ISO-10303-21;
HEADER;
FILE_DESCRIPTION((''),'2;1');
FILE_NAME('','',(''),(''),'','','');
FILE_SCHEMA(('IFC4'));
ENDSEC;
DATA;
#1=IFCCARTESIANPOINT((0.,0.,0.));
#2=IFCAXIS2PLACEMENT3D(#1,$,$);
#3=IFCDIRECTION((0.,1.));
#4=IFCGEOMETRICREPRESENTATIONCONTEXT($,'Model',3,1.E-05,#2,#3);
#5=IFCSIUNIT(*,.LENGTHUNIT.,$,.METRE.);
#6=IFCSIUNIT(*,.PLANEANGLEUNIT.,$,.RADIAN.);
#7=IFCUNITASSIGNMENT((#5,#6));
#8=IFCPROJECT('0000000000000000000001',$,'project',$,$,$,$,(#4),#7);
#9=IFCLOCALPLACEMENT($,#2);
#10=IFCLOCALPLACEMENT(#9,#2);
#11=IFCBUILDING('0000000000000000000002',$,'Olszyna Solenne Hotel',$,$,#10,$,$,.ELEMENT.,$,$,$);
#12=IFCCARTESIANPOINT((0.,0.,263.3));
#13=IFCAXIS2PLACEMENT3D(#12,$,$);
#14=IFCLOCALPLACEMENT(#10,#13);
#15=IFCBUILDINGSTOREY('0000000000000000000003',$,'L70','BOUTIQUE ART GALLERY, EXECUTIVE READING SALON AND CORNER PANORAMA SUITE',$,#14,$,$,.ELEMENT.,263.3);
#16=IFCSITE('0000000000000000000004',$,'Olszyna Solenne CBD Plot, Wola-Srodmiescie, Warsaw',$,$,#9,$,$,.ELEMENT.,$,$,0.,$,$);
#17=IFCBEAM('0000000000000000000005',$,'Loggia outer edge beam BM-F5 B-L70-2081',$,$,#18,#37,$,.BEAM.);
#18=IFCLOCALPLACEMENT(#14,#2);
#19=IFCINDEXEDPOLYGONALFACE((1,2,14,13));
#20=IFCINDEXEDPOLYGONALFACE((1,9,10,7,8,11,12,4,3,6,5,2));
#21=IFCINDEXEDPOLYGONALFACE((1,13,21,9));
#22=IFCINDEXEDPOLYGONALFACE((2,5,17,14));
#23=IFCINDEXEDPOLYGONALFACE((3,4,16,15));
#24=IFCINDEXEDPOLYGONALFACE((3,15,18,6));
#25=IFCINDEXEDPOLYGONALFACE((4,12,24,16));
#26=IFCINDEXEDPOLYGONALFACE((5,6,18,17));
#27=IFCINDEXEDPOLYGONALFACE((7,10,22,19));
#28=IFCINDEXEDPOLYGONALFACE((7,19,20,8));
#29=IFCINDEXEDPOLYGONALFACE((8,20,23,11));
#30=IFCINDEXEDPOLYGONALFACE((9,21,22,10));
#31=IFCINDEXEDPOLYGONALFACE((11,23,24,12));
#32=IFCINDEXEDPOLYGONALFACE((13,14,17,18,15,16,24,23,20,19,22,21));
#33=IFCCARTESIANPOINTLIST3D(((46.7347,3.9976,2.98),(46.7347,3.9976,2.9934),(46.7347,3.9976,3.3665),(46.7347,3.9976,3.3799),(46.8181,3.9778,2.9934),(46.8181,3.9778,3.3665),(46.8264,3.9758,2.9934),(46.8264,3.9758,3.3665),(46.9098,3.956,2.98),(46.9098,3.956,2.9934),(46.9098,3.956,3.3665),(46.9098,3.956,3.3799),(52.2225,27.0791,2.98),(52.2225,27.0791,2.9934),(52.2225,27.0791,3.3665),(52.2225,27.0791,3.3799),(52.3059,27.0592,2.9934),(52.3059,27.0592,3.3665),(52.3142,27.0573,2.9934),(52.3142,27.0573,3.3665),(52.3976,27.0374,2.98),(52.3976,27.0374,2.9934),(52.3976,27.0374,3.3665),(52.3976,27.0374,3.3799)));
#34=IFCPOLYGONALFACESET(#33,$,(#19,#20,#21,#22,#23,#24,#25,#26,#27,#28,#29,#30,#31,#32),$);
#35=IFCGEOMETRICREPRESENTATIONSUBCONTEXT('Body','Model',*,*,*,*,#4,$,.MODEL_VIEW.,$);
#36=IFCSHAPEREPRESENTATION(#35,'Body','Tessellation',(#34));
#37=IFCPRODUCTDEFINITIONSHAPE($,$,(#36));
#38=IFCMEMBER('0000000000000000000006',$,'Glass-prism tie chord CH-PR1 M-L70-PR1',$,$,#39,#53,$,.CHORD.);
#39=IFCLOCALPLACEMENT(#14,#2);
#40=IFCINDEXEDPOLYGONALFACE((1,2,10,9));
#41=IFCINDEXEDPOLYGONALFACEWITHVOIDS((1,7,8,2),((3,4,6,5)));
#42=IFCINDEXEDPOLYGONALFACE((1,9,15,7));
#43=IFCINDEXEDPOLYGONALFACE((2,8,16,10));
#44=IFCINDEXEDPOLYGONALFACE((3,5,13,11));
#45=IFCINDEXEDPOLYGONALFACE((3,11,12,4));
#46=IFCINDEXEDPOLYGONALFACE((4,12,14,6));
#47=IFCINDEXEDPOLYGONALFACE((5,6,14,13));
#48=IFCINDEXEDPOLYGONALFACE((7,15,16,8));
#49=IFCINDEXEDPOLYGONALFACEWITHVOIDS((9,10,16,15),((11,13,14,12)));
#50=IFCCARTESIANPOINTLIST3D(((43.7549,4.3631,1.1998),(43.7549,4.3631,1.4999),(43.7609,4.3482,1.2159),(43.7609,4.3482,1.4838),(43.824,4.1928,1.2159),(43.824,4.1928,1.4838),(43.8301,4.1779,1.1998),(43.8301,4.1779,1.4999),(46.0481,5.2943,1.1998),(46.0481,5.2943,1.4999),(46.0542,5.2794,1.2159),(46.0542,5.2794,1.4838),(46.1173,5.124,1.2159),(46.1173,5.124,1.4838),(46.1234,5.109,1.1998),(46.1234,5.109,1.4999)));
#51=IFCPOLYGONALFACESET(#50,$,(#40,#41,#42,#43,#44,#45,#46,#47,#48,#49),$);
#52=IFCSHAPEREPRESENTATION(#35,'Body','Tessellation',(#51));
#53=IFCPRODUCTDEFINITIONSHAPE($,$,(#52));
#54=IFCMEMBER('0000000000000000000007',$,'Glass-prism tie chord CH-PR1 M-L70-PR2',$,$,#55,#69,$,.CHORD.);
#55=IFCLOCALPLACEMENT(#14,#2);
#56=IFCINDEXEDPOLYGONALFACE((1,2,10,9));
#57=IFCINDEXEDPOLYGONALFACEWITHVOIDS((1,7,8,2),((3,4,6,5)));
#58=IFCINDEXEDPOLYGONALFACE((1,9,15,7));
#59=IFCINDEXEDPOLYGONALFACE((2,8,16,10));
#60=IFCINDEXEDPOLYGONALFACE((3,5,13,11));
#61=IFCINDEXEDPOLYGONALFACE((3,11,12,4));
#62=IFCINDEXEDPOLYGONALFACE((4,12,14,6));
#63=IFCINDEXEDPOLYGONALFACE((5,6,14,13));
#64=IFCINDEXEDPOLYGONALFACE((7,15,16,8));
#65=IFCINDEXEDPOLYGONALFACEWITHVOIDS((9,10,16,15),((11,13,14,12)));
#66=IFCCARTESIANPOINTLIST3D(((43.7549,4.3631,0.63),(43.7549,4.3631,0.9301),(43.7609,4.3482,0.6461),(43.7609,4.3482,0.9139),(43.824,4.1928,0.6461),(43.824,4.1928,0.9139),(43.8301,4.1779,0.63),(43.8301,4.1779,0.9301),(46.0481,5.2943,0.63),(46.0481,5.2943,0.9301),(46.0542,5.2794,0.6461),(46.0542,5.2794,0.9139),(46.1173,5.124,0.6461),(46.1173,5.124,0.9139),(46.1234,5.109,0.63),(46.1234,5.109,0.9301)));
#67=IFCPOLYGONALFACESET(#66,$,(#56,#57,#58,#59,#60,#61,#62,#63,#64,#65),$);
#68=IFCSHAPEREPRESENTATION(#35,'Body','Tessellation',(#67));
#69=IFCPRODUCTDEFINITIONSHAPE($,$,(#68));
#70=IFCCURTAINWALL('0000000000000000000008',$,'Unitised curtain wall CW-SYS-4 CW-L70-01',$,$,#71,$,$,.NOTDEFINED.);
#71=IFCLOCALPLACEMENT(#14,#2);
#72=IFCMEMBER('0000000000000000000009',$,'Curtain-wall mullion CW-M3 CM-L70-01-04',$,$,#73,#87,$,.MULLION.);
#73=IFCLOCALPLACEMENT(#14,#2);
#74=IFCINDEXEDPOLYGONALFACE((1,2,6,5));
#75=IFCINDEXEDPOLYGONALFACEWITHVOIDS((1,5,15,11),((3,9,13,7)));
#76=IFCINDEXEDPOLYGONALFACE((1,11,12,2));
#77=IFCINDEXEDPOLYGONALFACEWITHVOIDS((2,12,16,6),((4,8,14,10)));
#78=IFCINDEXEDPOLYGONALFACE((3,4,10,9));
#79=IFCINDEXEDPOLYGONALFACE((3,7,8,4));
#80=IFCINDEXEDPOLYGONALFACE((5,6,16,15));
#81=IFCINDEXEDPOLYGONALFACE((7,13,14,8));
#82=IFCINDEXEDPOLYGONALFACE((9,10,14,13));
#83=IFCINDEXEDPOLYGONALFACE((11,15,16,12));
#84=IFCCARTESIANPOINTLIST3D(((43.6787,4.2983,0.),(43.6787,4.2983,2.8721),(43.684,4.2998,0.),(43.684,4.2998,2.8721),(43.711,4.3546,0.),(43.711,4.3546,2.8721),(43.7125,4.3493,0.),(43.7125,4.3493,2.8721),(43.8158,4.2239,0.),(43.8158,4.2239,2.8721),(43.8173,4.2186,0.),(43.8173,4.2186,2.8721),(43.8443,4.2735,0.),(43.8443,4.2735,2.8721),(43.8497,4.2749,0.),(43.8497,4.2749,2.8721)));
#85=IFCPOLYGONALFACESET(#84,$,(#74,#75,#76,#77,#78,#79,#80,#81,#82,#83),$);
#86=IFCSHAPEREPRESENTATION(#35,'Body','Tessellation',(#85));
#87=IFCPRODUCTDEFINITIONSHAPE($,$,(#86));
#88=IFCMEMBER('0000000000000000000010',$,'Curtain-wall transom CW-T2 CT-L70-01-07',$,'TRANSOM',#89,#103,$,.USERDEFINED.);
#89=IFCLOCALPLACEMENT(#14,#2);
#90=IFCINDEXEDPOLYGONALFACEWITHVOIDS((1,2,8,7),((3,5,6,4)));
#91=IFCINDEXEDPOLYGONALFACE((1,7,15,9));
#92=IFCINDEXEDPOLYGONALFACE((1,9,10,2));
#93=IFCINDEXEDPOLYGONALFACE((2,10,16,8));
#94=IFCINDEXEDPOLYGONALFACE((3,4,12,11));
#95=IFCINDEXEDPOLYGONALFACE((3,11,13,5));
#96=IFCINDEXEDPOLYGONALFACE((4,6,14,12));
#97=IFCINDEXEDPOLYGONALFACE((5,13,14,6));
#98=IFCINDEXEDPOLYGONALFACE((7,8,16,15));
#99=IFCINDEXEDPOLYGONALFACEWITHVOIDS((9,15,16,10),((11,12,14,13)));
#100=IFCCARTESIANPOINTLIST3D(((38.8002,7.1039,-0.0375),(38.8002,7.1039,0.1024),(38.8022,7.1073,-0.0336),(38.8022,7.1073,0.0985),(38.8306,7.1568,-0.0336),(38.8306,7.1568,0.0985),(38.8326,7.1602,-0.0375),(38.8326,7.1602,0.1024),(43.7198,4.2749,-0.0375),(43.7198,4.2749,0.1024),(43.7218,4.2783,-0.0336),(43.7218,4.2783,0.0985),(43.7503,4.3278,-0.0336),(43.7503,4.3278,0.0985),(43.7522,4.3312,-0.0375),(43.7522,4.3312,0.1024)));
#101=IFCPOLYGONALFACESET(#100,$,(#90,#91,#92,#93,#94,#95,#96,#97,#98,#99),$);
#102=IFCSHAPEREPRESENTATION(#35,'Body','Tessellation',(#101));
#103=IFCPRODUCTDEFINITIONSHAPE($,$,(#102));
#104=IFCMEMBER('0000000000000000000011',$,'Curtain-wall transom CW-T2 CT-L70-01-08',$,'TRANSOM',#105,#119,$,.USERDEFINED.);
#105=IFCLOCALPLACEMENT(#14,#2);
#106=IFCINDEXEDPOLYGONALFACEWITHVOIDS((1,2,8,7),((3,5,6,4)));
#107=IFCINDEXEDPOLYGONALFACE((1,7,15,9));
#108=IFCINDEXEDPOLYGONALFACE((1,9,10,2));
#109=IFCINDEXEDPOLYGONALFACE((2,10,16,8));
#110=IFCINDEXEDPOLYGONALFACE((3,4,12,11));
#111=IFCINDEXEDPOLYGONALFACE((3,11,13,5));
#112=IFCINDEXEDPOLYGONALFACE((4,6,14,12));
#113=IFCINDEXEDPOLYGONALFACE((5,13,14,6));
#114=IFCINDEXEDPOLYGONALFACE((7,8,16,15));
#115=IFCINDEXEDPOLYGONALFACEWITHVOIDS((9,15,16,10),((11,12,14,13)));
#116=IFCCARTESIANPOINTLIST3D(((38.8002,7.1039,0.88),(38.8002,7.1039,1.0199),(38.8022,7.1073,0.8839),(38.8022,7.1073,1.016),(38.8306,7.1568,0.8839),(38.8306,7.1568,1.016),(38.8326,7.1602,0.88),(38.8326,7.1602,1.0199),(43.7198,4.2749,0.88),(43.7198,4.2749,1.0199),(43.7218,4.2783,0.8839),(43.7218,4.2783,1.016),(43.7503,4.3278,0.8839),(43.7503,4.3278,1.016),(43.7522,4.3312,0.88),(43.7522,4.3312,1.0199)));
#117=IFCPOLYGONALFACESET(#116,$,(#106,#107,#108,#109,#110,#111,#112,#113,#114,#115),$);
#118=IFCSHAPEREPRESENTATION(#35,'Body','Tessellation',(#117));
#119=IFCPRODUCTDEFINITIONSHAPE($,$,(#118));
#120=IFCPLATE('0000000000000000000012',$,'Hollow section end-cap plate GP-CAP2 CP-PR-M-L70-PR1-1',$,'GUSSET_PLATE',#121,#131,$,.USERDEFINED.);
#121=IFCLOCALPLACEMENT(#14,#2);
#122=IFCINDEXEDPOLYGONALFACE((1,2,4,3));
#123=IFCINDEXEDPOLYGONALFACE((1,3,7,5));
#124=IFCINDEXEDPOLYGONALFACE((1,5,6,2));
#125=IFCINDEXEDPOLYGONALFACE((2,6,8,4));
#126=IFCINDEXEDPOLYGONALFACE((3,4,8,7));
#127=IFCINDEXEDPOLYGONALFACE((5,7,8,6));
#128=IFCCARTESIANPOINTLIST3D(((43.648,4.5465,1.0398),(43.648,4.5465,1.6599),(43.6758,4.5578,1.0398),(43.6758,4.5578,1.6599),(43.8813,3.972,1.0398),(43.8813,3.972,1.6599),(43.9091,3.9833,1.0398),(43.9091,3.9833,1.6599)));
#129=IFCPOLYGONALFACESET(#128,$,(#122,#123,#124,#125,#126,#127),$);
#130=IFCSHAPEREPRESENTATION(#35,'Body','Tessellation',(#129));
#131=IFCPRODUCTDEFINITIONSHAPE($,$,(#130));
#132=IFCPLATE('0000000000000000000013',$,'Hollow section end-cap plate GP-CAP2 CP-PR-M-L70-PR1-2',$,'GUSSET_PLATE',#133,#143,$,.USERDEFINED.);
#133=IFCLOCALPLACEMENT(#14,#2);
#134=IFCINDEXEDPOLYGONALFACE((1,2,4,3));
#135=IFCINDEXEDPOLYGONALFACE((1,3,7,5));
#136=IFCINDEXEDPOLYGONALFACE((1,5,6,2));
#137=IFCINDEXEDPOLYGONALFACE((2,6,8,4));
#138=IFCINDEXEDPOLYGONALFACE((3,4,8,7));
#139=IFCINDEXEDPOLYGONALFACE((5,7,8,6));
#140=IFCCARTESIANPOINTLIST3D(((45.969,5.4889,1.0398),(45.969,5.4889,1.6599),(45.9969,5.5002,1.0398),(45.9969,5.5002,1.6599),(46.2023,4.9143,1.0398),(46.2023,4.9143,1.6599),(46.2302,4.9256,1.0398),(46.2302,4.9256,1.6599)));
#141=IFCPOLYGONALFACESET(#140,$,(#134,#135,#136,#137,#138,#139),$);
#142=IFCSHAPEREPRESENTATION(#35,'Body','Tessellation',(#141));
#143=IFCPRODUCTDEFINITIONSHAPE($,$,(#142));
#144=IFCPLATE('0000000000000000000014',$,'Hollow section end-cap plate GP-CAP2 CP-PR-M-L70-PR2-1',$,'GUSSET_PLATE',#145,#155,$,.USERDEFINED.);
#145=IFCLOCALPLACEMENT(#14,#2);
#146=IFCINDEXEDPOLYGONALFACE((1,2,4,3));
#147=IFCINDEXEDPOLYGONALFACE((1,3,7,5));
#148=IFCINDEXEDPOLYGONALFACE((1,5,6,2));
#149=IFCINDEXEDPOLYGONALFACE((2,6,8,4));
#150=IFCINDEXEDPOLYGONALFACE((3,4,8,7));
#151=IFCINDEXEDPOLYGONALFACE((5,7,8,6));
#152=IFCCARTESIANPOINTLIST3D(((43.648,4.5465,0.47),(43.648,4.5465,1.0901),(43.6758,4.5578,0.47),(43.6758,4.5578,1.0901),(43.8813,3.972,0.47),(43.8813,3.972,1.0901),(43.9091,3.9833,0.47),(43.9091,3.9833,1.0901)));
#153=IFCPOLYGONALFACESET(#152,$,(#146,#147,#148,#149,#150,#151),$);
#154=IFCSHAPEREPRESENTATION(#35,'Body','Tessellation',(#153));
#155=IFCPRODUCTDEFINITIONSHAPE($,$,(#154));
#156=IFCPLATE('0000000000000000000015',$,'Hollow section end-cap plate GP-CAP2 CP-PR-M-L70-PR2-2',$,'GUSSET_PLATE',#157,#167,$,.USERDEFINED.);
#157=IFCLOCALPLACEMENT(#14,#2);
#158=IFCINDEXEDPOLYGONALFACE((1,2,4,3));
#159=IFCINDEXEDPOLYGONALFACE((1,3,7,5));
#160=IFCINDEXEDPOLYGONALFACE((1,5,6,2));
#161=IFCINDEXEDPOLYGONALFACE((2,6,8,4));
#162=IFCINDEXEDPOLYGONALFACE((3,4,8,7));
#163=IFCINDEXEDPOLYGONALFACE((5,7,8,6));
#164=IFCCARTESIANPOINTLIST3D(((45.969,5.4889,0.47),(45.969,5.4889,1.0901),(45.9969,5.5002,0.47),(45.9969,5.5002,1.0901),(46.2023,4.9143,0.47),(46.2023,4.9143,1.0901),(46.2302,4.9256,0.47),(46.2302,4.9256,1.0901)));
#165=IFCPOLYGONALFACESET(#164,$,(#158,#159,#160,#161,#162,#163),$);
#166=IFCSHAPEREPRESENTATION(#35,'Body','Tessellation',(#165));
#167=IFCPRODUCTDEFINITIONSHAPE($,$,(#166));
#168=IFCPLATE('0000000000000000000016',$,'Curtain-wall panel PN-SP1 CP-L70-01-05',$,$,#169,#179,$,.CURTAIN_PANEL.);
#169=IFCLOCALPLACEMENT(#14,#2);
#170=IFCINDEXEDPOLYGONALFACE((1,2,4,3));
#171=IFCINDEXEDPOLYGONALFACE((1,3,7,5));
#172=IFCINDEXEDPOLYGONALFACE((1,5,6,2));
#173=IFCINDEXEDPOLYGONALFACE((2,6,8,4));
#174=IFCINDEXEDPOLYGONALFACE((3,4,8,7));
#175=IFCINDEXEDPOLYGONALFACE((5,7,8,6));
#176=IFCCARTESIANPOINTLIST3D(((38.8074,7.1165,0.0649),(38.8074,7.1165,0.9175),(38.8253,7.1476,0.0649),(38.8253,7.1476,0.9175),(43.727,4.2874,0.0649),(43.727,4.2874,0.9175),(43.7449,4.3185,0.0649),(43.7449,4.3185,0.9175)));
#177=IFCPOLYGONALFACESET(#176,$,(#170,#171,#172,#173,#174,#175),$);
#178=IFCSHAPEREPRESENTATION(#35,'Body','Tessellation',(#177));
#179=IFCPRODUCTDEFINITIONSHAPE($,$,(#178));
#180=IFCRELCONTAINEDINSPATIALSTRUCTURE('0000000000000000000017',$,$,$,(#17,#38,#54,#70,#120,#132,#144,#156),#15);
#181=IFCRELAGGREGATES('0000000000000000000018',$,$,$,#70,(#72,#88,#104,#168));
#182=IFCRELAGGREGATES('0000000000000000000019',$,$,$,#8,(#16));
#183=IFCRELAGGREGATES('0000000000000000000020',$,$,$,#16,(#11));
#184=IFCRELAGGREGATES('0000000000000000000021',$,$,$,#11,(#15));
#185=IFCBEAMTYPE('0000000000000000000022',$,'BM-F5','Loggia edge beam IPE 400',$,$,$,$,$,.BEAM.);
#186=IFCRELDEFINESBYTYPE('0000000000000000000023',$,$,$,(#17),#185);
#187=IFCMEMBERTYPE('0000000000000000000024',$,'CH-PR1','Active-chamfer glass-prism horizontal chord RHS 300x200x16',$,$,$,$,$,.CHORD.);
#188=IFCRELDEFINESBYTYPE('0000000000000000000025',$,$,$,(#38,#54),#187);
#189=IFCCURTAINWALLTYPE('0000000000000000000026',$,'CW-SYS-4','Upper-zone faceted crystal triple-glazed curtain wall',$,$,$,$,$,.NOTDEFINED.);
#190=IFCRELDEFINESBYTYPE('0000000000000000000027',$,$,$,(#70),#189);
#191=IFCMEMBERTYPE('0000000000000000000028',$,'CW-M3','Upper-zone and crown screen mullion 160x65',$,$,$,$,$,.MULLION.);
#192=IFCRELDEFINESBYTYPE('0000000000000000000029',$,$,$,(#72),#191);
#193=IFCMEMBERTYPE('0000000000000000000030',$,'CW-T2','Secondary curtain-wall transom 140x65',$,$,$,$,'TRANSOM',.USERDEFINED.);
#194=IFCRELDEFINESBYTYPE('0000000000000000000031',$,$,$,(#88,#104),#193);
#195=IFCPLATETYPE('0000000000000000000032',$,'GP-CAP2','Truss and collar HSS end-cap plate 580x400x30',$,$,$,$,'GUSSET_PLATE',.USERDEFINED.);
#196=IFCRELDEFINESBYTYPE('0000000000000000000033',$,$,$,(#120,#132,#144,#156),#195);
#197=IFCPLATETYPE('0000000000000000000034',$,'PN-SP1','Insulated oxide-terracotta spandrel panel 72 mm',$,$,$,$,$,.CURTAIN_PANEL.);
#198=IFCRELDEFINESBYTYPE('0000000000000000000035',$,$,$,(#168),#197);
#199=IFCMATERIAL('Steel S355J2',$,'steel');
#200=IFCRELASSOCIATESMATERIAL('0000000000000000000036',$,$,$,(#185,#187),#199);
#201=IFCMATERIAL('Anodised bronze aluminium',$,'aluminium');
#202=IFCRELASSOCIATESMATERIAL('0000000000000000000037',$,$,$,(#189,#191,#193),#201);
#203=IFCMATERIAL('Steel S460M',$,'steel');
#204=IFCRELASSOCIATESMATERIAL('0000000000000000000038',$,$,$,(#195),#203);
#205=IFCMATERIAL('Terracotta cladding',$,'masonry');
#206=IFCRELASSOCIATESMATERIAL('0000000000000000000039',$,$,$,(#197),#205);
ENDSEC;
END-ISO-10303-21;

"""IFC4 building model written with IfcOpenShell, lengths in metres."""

from ifc_helpers import new_model, si_unit, direction, frame, origin, origin_2d, place, context, subcontext, project, spatial, rectangle, hollow_rectangle, i_section, extrude, source, transform, mapped, material, material_profile, profile_set, type_object, element, aggregate, save


model = new_model("IFC4")

# Units and contexts
model_context = context("Model", 3, precision=1e-05, world=origin(), true_north=direction((0.0, 1.0)))
body_context = subcontext(model_context, "Body", "Model", "MODEL_VIEW")
ifc_project = project(units=[si_unit("LENGTHUNIT", "METRE"), si_unit("PLANEANGLEUNIT", "RADIAN")], contexts=[model_context])

# Site, building, storey
site_placement = place(None, origin())
site = spatial("IfcSite", under=ifc_project, at=site_placement, Name="Olszyna Solenne CBD Plot, Wola-Srodmiescie, Warsaw", CompositionType="ELEMENT", RefElevation=0.0)
building_placement = place(site_placement, origin())
building = spatial("IfcBuilding", under=site, at=building_placement, Name="Olszyna Solenne Hotel", CompositionType="ELEMENT")
storey_placement = place(building_placement, frame((0.0, 0.0, 263.3)))
storey = spatial("IfcBuildingStorey", under=building, at=storey_placement, Name="L70", Description="BOUTIQUE ART GALLERY, EXECUTIVE READING SALON AND CORNER PANORAMA SUITE", CompositionType="ELEMENT", Elevation=263.3)

# Shared definitions
ifc_material_1 = material(Name="Steel S460M", Category="steel")

# Beam
ifc_material_2 = material(Name="Steel S355J2", Category="steel")
ifc_material_profile_1 = material_profile(ifc_material_2, i_section(OverallWidth=0.1799, OverallDepth=0.3999, WebThickness=0.0085, FlangeThickness=0.0134, at=origin_2d()), Name="IPE 400", Category="load-bearing")
ifc_profile_set_1 = profile_set([ifc_material_profile_1], Name="Steel S355J2")
beam_type_1 = type_object("IfcBeamType", Name="BM-F5", Description="Loggia edge beam IPE 400", PredefinedType="BEAM", material=ifc_profile_set_1)
shared_shape_1 = source(origin(), body_context, "Body", "SweptSolid", [
    extrude(i_section(OverallWidth=0.1799, OverallDepth=0.3999, WebThickness=0.0085, FlangeThickness=0.0134, at=origin_2d()), origin(), (0.0, 0.0, 1.0), 23.7249),
])
beam_1_placement = place(storey_placement, frame((46.8223, 3.9768, 3.1799), z_axis=(0.231309, 0.97288, 0.0), x_axis=(-0.97288, 0.231309, 0.0)))
element("IfcBeam", 1, at=beam_1_placement, inside=storey, type_object=beam_type_1, Name="Loggia outer edge beam BM-F5 B-L70-2081", PredefinedType="BEAM", context=body_context, shape_type="MappedRepresentation", body=[
    mapped(shared_shape_1, transform((0.0, 0.0, 0.0), x_axis=(1.0, 0.0, 0.0), y_axis=(0.0, 1.0, 0.0), z_axis=(0.0, 0.0, 1.0), scale=1.0)),
])

# Members
ifc_material_profile_2 = material_profile(ifc_material_2, hollow_rectangle(XDim=0.2, YDim=0.3, WallThickness=0.0161, at=origin_2d()), Name="RHS 300x200x16", Category="load-bearing")
ifc_profile_set_2 = profile_set([ifc_material_profile_2], Name="Steel S355J2")
member_type_1 = type_object("IfcMemberType", Name="CH-PR1", Description="Active-chamfer glass-prism horizontal chord RHS 300x200x16", PredefinedType="CHORD", material=ifc_profile_set_2)
shared_shape_2 = source(origin(), body_context, "Body", "SweptSolid", [
    extrude(hollow_rectangle(XDim=0.2, YDim=0.3, WallThickness=0.0161, at=origin_2d()), origin(), (0.0, 0.0, 1.0), 2.4751),
])
for number, where, z_axis, x_axis, name in (
    (2, (43.7925, 4.2705, 1.3499), (0.926532, 0.376216, 0.0), (-0.376216, 0.926532, 0.0), "Glass-prism tie chord CH-PR1 M-L70-PR1"),
    (3, (43.7925, 4.2705, 0.78), (0.926532, 0.376216, 0.0), (-0.376216, 0.926532, 0.0), "Glass-prism tie chord CH-PR1 M-L70-PR2"),
):
    element("IfcMember", number, at=place(storey_placement, frame(where, z_axis=z_axis, x_axis=x_axis)), inside=storey, type_object=member_type_1, Name=name, PredefinedType="CHORD", context=body_context, shape_type="MappedRepresentation", body=[
        mapped(shared_shape_2, transform((0.0, 0.0, 0.0), x_axis=(1.0, 0.0, 0.0), y_axis=(0.0, 1.0, 0.0), z_axis=(0.0, 0.0, 1.0), scale=1.0)),
    ])

# Curtain wall, members
ifc_material_3 = material(Name="Anodised bronze aluminium", Category="aluminium")
curtain_wall_type = type_object("IfcCurtainWallType", Name="CW-SYS-4", Description="Upper-zone faceted crystal triple-glazed curtain wall", PredefinedType="NOTDEFINED", material=ifc_material_3)
curtain_wall_placement = place(storey_placement, origin())
curtain_wall = element("IfcCurtainWall", 4, at=curtain_wall_placement, inside=storey, type_object=curtain_wall_type, Name="Unitised curtain wall CW-SYS-4 CW-L70-01", PredefinedType="NOTDEFINED")
ifc_material_profile_3 = material_profile(ifc_material_3, hollow_rectangle(XDim=0.0649, YDim=0.1599, WallThickness=0.0039, at=origin_2d()), Name="MULL 160x65x4", Category="load-bearing")
ifc_profile_set_3 = profile_set([ifc_material_profile_3], Name="Anodised bronze aluminium")
member_type_2 = type_object("IfcMemberType", Name="CW-M3", Description="Upper-zone and crown screen mullion 160x65", PredefinedType="MULLION", material=ifc_profile_set_3)
shared_shape_3 = source(origin(), body_context, "Body", "SweptSolid", [
    extrude(hollow_rectangle(XDim=0.0649, YDim=0.1599, WallThickness=0.0039, at=origin_2d()), origin(), (0.0, 0.0, 1.0), 2.8721),
])
member_1_placement = place(storey_placement, frame((43.7642, 4.2866, 0.0), z_axis=(0.0, 0.0, 1.0), x_axis=(0.498513, 0.866882, 0.0)))
member_1 = element("IfcMember", 5, at=member_1_placement, type_object=member_type_2, Name="Curtain-wall mullion CW-M3 CM-L70-01-04", PredefinedType="MULLION", context=body_context, shape_type="MappedRepresentation", body=[
    mapped(shared_shape_3, transform((0.0, 0.0, 0.0), x_axis=(1.0, 0.0, 0.0), y_axis=(0.0, 1.0, 0.0), z_axis=(0.0, 0.0, 1.0), scale=1.0)),
])
ifc_material_profile_4 = material_profile(ifc_material_3, hollow_rectangle(XDim=0.0649, YDim=0.1399, WallThickness=0.0039, at=origin_2d()), Name="TRAN 140x65x4", Category="load-bearing")
ifc_profile_set_4 = profile_set([ifc_material_profile_4], Name="Anodised bronze aluminium")
member_type_3 = type_object("IfcMemberType", Name="CW-T2", Description="Secondary curtain-wall transom 140x65", ElementType="TRANSOM", PredefinedType="USERDEFINED", material=ifc_profile_set_4)
shared_shape_4 = source(origin(), body_context, "Body", "SweptSolid", [
    extrude(hollow_rectangle(XDim=0.0649, YDim=0.1399, WallThickness=0.0039, at=origin_2d()), origin(), (0.0, 0.0, 1.0), 5.675),
])
member_2_placement = place(storey_placement, frame((38.8164, 7.1321, 0.0325), z_axis=(0.866884, -0.498509, 0.0), x_axis=(0.498509, 0.866884, 0.0)))
member_2 = element("IfcMember", 6, at=member_2_placement, type_object=member_type_3, Name="Curtain-wall transom CW-T2 CT-L70-01-07", ObjectType="TRANSOM", PredefinedType="USERDEFINED", context=body_context, shape_type="MappedRepresentation", body=[
    mapped(shared_shape_4, transform((0.0, 0.0, 0.0), x_axis=(1.0, 0.0, 0.0), y_axis=(0.0, 1.0, 0.0), z_axis=(0.0, 0.0, 1.0), scale=1.0)),
])
member_3_placement = place(storey_placement, frame((38.8164, 7.1321, 0.95), z_axis=(0.866884, -0.498509, 0.0), x_axis=(0.498509, 0.866884, 0.0)))
member_3 = element("IfcMember", 7, at=member_3_placement, type_object=member_type_3, Name="Curtain-wall transom CW-T2 CT-L70-01-08", ObjectType="TRANSOM", PredefinedType="USERDEFINED", context=body_context, shape_type="MappedRepresentation", body=[
    mapped(shared_shape_4, transform((0.0, 0.0, 0.0), x_axis=(1.0, 0.0, 0.0), y_axis=(0.0, 1.0, 0.0), z_axis=(0.0, 0.0, 1.0), scale=1.0)),
])

# Plates
plate_type_1 = type_object("IfcPlateType", Name="GP-CAP2", Description="Truss and collar HSS end-cap plate 580x400x30", ElementType="GUSSET_PLATE", PredefinedType="USERDEFINED", material=ifc_material_1)
shared_shape_5 = source(origin(), body_context, "Body", "SweptSolid", [
    extrude(rectangle(XDim=0.03, YDim=0.6201, at=origin_2d()), origin(), (0.0, 0.0, 1.0), 0.6201),
])
for number, where, z_axis, x_axis, name in (
    (8, (43.7786, 4.2649, 1.0398), (0.0, 0.0, 1.0), (0.926529, 0.376224, 0.0), "Hollow section end-cap plate GP-CAP2 CP-PR-M-L70-PR1-1"),
    (9, (46.0996, 5.2073, 1.0398), (0.0, 0.0, 1.0), (0.926529, 0.376224, 0.0), "Hollow section end-cap plate GP-CAP2 CP-PR-M-L70-PR1-2"),
    (10, (43.7786, 4.2649, 0.47), (0.0, 0.0, 1.0), (0.926529, 0.376224, 0.0), "Hollow section end-cap plate GP-CAP2 CP-PR-M-L70-PR2-1"),
    (11, (46.0996, 5.2073, 0.47), (0.0, 0.0, 1.0), (0.926529, 0.376224, 0.0), "Hollow section end-cap plate GP-CAP2 CP-PR-M-L70-PR2-2"),
):
    element("IfcPlate", number, at=place(storey_placement, frame(where, z_axis=z_axis, x_axis=x_axis)), inside=storey, type_object=plate_type_1, Name=name, ObjectType="GUSSET_PLATE", PredefinedType="USERDEFINED", context=body_context, shape_type="MappedRepresentation", body=[
        mapped(shared_shape_5, transform((0.0, 0.0, 0.0), x_axis=(1.0, 0.0, 0.0), y_axis=(0.0, 1.0, 0.0), z_axis=(0.0, 0.0, 1.0), scale=1.0)),
    ])

# Plate
ifc_material_4 = material(Name="Terracotta cladding", Category="masonry")
plate_type_2 = type_object("IfcPlateType", Name="PN-SP1", Description="Insulated oxide-terracotta spandrel panel 72 mm", PredefinedType="CURTAIN_PANEL", material=ifc_material_4)
shared_shape_6 = source(origin(), body_context, "Body", "SweptSolid", [
    extrude(rectangle(XDim=5.675, YDim=0.0359, at=origin_2d()), origin(), (0.0, 0.0, 1.0), 0.8525),
])
plate_1_placement = place(storey_placement, frame((41.2761, 5.7175, 0.0649), z_axis=(0.0, 0.0, 1.0), x_axis=(0.866882, -0.498513, 0.0)))
plate_1 = element("IfcPlate", 12, at=plate_1_placement, type_object=plate_type_2, Name="Curtain-wall panel PN-SP1 CP-L70-01-05", PredefinedType="CURTAIN_PANEL", context=body_context, shape_type="MappedRepresentation", body=[
    mapped(shared_shape_6, transform((0.0, 0.0, 0.0), x_axis=(1.0, 0.0, 0.0), y_axis=(0.0, 1.0, 0.0), z_axis=(0.0, 0.0, 1.0), scale=1.0)),
])
aggregate(curtain_wall, [member_1, member_2, member_3, plate_1])

save(model, "model.ifc")
